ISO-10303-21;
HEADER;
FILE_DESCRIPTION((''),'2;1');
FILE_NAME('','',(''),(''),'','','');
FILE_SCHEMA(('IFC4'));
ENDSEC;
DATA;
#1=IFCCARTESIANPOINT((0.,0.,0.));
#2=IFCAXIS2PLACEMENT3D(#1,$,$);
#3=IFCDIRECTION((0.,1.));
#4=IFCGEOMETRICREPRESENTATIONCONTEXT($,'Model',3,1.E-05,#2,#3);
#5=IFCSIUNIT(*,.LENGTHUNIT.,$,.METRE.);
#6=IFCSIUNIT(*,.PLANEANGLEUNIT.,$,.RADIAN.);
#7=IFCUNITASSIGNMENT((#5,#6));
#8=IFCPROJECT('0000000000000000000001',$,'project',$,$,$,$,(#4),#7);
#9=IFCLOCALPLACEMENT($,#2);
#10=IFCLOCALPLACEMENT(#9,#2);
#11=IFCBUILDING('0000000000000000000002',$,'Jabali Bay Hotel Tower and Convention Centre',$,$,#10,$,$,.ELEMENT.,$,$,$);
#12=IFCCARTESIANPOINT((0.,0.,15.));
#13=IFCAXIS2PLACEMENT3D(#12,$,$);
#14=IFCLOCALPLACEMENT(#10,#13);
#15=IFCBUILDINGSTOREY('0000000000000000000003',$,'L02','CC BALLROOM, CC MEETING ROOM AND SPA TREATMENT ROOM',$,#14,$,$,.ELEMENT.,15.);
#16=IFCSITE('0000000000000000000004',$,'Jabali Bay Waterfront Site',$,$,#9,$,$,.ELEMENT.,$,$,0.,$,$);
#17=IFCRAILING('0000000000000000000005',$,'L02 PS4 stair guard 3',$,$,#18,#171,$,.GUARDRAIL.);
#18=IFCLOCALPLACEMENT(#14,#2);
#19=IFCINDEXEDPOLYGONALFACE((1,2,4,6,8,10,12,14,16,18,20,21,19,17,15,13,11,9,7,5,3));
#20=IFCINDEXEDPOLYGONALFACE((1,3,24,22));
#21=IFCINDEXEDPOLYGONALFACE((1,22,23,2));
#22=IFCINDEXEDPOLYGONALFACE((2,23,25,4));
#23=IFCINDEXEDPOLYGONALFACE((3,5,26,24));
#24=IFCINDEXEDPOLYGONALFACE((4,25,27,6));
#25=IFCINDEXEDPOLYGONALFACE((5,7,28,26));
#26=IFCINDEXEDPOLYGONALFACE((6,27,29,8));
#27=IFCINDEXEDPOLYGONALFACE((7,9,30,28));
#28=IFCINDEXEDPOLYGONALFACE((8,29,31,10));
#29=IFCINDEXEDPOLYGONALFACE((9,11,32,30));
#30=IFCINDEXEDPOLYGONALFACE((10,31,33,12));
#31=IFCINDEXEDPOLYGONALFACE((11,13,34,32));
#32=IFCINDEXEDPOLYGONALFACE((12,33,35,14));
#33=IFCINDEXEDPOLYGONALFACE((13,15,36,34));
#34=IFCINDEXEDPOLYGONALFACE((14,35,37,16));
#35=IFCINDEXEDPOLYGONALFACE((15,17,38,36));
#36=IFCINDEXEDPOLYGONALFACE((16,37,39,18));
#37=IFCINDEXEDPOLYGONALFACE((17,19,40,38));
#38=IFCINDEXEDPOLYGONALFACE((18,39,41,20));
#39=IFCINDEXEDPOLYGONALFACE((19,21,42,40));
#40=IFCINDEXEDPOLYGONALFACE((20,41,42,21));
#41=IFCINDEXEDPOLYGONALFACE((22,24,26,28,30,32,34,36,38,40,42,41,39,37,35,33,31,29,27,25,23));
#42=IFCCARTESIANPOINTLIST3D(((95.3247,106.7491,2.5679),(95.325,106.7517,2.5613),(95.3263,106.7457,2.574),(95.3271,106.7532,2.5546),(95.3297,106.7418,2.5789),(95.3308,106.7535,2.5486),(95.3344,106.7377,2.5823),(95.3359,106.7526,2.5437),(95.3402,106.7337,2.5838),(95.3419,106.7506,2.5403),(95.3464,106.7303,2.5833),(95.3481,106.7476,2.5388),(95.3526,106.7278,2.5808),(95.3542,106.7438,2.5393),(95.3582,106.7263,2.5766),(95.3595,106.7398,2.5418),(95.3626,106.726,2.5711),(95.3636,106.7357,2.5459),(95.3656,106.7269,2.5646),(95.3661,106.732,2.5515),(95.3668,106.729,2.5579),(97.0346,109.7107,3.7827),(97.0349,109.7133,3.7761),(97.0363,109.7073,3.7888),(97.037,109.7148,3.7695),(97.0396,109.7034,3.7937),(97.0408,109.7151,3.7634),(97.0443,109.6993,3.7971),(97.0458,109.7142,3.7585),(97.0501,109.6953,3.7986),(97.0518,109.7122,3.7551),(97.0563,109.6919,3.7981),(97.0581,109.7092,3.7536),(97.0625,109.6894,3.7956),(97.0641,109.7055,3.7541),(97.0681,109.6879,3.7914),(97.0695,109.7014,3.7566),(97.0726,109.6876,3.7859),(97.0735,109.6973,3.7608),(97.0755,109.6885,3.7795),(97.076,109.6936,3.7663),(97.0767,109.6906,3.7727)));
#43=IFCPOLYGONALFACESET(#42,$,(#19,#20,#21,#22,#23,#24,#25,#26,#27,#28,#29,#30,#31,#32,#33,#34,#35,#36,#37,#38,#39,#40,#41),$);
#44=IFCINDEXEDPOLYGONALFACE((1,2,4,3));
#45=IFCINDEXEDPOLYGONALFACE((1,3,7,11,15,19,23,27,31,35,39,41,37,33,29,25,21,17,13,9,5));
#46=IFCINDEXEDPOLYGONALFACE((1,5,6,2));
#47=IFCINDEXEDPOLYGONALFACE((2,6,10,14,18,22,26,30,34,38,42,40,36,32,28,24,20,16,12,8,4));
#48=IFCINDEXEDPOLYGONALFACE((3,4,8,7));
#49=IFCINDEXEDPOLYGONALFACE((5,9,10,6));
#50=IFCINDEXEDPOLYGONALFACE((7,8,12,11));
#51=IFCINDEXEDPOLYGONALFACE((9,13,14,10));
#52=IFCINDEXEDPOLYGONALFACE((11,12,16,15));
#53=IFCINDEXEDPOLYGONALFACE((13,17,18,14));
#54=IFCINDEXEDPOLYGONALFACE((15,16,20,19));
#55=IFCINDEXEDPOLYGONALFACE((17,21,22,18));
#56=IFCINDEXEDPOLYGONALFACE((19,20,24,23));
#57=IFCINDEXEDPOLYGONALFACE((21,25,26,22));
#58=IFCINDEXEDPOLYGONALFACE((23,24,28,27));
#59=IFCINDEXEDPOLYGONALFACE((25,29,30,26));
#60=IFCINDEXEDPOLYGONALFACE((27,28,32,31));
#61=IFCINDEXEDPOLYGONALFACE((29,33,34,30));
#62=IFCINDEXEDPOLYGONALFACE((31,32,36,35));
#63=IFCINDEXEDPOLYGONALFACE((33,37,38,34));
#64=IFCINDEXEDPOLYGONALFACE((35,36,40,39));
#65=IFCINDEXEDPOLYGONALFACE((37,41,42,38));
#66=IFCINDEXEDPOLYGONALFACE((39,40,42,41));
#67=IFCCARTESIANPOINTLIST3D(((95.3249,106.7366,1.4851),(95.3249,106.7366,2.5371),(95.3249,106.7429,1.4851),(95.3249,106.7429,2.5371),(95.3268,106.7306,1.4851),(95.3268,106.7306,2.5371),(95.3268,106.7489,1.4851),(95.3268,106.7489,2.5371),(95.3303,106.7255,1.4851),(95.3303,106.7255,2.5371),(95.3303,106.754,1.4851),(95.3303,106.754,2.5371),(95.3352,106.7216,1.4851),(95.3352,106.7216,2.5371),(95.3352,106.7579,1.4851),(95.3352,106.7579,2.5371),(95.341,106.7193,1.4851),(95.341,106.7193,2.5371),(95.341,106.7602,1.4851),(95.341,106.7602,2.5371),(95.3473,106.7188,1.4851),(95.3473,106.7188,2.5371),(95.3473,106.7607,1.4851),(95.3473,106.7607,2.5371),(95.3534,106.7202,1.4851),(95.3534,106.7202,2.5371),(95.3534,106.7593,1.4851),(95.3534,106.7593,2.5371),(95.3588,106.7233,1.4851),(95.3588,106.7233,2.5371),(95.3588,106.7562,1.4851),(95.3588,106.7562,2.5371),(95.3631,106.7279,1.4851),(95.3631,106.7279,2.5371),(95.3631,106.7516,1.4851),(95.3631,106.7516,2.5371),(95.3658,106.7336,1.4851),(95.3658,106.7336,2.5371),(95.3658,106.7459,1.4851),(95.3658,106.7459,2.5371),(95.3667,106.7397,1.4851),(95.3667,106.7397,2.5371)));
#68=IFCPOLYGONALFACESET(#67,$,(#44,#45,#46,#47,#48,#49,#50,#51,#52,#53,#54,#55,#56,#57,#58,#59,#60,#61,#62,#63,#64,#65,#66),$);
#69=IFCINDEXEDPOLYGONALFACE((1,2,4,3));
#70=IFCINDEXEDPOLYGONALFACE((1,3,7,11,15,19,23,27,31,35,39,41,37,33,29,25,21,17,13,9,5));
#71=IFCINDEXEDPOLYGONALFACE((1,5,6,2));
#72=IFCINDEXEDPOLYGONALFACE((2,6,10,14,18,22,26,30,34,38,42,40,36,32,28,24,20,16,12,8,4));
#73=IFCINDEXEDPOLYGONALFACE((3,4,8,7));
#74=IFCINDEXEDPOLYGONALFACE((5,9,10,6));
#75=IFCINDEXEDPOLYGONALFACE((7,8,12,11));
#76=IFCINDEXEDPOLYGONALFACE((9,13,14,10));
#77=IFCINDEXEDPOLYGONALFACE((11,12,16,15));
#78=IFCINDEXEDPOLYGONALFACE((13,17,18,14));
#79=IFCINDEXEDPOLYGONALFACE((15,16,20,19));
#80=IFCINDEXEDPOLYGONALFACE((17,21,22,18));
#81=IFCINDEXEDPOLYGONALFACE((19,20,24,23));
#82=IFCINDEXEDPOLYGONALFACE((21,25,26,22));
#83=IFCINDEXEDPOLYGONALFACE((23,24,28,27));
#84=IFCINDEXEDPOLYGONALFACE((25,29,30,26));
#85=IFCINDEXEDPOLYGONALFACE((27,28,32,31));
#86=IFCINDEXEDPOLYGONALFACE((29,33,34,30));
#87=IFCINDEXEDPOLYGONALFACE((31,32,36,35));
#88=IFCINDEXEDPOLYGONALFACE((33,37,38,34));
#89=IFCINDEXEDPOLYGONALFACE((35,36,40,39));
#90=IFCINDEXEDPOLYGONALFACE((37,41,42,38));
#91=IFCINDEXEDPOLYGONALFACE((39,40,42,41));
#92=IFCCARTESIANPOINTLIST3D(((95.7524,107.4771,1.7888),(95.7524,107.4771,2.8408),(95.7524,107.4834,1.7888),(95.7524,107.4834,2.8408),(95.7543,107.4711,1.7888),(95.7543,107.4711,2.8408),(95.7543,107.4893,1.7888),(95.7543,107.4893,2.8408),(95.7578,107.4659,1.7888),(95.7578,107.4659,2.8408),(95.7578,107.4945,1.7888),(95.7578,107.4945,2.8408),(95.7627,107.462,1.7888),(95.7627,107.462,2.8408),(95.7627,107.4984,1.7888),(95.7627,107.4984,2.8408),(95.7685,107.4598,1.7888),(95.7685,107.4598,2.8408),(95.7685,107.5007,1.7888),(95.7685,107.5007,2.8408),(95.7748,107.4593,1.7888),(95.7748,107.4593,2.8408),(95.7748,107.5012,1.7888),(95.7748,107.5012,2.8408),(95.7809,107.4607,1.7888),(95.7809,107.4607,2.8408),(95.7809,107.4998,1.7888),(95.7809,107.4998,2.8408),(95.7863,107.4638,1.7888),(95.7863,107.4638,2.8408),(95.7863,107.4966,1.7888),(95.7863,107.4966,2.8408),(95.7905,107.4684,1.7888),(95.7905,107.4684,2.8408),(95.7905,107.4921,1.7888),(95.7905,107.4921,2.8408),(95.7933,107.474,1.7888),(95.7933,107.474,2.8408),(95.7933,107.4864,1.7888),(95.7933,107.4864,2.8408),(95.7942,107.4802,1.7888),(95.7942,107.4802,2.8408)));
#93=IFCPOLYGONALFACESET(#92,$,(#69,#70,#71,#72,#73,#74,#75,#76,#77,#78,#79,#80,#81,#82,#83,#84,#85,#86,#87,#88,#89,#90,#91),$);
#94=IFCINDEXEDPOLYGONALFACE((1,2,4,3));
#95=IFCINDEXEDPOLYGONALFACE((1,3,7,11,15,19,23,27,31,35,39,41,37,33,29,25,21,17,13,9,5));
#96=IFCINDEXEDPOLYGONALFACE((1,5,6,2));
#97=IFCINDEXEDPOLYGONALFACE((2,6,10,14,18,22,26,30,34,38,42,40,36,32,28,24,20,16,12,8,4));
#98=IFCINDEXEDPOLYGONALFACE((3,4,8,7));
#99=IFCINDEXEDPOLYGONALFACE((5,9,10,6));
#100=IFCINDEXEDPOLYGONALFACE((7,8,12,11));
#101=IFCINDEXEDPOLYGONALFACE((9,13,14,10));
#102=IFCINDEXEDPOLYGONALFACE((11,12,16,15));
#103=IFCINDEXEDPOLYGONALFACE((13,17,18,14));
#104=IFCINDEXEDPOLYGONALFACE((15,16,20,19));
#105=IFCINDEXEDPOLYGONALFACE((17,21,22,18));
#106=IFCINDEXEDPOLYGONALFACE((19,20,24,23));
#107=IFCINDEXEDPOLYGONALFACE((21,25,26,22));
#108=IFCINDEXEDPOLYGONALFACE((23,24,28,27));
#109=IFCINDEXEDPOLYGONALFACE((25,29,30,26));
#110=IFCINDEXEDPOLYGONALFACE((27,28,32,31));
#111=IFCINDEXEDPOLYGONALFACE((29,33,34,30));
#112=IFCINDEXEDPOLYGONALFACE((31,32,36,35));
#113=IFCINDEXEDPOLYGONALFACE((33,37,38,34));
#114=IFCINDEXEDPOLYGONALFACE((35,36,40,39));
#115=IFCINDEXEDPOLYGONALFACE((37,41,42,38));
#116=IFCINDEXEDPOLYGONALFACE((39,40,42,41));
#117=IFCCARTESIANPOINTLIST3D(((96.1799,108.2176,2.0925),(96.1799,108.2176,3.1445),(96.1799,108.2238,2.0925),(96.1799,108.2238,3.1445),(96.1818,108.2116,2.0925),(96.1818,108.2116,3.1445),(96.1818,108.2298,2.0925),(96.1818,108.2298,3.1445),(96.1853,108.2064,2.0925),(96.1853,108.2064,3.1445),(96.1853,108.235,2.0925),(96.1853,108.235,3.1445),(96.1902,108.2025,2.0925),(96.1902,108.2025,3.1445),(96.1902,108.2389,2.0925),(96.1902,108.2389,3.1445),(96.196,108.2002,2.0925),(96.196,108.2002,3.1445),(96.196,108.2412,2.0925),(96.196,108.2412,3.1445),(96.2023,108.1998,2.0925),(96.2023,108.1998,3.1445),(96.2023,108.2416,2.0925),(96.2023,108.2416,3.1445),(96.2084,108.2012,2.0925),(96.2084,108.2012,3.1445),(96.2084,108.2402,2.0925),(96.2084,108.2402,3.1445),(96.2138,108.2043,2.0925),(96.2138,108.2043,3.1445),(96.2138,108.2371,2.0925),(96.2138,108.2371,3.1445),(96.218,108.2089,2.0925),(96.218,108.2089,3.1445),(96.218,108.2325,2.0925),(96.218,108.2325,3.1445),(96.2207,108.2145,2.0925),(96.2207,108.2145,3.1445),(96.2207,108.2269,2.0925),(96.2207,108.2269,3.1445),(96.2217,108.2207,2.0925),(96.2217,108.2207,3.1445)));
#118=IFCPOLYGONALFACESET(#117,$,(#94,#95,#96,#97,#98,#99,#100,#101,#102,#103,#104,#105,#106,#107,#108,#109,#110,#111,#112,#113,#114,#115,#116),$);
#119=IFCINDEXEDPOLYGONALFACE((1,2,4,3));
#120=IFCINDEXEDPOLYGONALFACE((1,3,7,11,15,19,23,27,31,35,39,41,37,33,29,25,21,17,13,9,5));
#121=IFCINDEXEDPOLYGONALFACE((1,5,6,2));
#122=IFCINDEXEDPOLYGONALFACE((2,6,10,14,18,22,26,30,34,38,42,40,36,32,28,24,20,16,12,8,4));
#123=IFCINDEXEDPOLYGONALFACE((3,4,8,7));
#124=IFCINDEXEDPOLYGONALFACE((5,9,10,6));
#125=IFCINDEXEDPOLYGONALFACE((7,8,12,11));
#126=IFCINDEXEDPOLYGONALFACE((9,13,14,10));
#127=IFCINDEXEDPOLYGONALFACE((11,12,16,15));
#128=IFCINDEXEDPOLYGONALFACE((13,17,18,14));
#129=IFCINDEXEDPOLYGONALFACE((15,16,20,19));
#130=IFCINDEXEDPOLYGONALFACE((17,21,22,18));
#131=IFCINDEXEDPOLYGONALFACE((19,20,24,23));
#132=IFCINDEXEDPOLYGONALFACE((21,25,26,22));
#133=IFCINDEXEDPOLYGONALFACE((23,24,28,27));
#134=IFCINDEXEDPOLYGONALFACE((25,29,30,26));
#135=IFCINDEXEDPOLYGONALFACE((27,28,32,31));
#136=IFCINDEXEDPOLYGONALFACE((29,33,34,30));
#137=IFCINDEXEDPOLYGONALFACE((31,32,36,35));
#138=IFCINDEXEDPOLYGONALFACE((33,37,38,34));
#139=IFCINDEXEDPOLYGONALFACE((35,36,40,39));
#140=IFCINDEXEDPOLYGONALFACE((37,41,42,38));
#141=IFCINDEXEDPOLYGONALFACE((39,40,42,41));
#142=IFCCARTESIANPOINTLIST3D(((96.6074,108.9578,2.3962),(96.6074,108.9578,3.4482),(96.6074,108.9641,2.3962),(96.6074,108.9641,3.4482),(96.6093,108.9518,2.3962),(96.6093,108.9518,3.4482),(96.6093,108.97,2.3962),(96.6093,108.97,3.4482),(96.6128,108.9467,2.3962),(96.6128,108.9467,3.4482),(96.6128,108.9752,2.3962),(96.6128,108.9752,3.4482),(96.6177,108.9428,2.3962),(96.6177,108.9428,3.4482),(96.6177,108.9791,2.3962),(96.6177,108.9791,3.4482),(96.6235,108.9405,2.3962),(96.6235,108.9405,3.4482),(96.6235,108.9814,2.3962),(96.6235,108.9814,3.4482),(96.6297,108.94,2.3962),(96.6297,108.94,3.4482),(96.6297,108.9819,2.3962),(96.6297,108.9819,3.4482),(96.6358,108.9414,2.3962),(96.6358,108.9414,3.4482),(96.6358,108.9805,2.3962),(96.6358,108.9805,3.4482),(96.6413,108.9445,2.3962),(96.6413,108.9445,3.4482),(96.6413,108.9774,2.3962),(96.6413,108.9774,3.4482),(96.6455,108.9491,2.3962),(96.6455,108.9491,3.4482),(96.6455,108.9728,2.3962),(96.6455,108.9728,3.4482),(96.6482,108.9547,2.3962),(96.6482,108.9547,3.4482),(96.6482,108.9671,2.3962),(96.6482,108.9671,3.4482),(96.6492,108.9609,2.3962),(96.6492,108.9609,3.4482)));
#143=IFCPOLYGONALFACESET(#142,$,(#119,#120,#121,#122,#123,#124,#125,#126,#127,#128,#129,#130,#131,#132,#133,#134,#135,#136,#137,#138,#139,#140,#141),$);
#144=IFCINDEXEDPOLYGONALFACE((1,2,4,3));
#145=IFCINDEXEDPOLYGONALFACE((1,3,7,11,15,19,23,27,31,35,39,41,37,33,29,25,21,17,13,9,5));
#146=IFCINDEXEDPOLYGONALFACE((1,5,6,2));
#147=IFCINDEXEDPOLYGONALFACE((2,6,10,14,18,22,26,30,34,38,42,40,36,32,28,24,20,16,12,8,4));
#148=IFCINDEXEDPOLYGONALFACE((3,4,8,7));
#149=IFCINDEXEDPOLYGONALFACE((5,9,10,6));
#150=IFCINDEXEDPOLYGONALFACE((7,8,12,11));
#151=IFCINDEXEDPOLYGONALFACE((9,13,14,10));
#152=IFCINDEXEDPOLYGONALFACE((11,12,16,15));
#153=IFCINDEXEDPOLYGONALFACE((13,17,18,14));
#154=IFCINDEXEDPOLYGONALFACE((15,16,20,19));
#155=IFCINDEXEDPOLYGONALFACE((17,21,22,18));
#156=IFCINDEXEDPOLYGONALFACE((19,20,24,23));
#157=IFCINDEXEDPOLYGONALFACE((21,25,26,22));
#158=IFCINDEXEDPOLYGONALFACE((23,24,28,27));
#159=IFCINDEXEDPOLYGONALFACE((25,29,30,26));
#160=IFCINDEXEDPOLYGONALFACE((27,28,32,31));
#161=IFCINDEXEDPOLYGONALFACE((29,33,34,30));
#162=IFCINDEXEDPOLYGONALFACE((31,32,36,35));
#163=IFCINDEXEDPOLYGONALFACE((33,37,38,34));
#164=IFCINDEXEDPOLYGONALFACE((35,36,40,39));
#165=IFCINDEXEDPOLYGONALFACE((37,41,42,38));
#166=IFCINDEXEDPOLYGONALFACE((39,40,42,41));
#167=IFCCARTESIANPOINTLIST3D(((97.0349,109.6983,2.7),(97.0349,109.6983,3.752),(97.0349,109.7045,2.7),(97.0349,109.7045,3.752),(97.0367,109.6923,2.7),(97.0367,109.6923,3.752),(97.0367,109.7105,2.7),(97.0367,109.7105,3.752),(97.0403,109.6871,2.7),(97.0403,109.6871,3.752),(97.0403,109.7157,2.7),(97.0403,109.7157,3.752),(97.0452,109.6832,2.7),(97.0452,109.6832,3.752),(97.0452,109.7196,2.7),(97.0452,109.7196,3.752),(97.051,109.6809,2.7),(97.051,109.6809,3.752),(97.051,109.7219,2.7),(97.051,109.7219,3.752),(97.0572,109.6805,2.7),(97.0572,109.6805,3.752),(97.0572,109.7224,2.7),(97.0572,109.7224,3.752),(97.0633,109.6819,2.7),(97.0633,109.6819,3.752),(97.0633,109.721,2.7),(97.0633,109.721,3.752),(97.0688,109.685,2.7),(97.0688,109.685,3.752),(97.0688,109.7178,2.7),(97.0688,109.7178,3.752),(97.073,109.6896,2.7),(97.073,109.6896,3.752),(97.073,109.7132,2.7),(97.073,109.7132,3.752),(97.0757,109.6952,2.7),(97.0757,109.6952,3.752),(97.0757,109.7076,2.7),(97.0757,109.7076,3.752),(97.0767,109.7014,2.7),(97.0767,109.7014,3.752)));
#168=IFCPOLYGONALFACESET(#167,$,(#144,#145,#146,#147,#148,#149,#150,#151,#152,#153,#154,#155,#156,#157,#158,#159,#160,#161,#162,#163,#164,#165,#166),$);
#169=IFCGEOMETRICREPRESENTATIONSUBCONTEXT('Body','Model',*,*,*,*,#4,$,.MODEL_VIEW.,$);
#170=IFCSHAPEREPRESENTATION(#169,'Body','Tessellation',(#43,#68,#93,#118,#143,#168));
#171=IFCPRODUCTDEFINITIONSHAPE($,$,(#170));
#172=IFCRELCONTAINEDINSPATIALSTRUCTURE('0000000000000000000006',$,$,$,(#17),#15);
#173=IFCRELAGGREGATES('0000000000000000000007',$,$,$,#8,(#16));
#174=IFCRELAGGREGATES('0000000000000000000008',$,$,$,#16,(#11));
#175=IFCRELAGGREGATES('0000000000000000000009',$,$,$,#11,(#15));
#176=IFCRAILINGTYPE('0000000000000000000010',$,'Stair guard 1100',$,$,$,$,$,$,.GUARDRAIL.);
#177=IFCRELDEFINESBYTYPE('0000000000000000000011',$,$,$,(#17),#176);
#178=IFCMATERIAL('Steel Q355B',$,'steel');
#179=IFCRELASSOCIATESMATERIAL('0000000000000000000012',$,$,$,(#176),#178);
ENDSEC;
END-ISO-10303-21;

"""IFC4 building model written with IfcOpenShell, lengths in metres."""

from ifc_helpers import new_model, si_unit, direction, frame, origin, origin_2d, place, context, subcontext, project, spatial, circle, extrude, material, type_object, element, save


model = new_model("IFC4")

# Units and contexts
model_context = context("Model", 3, precision=1e-05, world=origin(), true_north=direction((0.0, 1.0)))
body_context = subcontext(model_context, "Body", "Model", "MODEL_VIEW")
ifc_project = project(units=[si_unit("LENGTHUNIT", "METRE"), si_unit("PLANEANGLEUNIT", "RADIAN")], contexts=[model_context])

# Site, building, storey
site_placement = place(None, origin())
site = spatial("IfcSite", under=ifc_project, at=site_placement, Name="Jabali Bay Waterfront Site", CompositionType="ELEMENT", RefElevation=0.0)
building_placement = place(site_placement, origin())
building = spatial("IfcBuilding", under=site, at=building_placement, Name="Jabali Bay Hotel Tower and Convention Centre", CompositionType="ELEMENT")
storey_placement = place(building_placement, frame((0.0, 0.0, 15.0)))
storey = spatial("IfcBuildingStorey", under=building, at=storey_placement, Name="L02", Description="CC BALLROOM, CC MEETING ROOM AND SPA TREATMENT ROOM", CompositionType="ELEMENT", Elevation=15.0)

# Railing
ifc_material_1 = material(Name="Steel Q355B", Category="steel")
railing_type_1 = type_object("IfcRailingType", Name="Stair guard 1100", PredefinedType="GUARDRAIL", material=ifc_material_1)
railing_1_placement = place(storey_placement, frame((95.3457, 106.7397, 1.4851)))
element("IfcRailing", 1, at=railing_1_placement, inside=storey, type_object=railing_type_1, Name="L02 PS4 stair guard 3", PredefinedType="GUARDRAIL", context=body_context, shape_type="SweptSolid", body=[
    extrude(circle(Radius=0.0239, at=origin_2d()), frame((0.0, 0.0, 1.0762), z_axis=(0.471164, 0.81606, 0.334739), x_axis=(-0.86602, 0.500009, 0.0)), (0.0, 0.0, 1.0), 3.6292),
    extrude(circle(Radius=0.021, at=origin_2d()), origin(), (0.0, 0.0, 1.0), 1.052),
    extrude(circle(Radius=0.021, at=origin_2d()), frame((0.4275, 0.7405, 0.3037)), (0.0, 0.0, 1.0), 1.052),
    extrude(circle(Radius=0.021, at=origin_2d()), frame((0.855, 1.481, 0.6074)), (0.0, 0.0, 1.0), 1.052),
    extrude(circle(Radius=0.021, at=origin_2d()), frame((1.2825, 2.2212, 0.9111)), (0.0, 0.0, 1.0), 1.052),
    extrude(circle(Radius=0.021, at=origin_2d()), frame((1.71, 2.9617, 1.2148)), (0.0, 0.0, 1.0), 1.052),
])

save(model, "model.ifc")
